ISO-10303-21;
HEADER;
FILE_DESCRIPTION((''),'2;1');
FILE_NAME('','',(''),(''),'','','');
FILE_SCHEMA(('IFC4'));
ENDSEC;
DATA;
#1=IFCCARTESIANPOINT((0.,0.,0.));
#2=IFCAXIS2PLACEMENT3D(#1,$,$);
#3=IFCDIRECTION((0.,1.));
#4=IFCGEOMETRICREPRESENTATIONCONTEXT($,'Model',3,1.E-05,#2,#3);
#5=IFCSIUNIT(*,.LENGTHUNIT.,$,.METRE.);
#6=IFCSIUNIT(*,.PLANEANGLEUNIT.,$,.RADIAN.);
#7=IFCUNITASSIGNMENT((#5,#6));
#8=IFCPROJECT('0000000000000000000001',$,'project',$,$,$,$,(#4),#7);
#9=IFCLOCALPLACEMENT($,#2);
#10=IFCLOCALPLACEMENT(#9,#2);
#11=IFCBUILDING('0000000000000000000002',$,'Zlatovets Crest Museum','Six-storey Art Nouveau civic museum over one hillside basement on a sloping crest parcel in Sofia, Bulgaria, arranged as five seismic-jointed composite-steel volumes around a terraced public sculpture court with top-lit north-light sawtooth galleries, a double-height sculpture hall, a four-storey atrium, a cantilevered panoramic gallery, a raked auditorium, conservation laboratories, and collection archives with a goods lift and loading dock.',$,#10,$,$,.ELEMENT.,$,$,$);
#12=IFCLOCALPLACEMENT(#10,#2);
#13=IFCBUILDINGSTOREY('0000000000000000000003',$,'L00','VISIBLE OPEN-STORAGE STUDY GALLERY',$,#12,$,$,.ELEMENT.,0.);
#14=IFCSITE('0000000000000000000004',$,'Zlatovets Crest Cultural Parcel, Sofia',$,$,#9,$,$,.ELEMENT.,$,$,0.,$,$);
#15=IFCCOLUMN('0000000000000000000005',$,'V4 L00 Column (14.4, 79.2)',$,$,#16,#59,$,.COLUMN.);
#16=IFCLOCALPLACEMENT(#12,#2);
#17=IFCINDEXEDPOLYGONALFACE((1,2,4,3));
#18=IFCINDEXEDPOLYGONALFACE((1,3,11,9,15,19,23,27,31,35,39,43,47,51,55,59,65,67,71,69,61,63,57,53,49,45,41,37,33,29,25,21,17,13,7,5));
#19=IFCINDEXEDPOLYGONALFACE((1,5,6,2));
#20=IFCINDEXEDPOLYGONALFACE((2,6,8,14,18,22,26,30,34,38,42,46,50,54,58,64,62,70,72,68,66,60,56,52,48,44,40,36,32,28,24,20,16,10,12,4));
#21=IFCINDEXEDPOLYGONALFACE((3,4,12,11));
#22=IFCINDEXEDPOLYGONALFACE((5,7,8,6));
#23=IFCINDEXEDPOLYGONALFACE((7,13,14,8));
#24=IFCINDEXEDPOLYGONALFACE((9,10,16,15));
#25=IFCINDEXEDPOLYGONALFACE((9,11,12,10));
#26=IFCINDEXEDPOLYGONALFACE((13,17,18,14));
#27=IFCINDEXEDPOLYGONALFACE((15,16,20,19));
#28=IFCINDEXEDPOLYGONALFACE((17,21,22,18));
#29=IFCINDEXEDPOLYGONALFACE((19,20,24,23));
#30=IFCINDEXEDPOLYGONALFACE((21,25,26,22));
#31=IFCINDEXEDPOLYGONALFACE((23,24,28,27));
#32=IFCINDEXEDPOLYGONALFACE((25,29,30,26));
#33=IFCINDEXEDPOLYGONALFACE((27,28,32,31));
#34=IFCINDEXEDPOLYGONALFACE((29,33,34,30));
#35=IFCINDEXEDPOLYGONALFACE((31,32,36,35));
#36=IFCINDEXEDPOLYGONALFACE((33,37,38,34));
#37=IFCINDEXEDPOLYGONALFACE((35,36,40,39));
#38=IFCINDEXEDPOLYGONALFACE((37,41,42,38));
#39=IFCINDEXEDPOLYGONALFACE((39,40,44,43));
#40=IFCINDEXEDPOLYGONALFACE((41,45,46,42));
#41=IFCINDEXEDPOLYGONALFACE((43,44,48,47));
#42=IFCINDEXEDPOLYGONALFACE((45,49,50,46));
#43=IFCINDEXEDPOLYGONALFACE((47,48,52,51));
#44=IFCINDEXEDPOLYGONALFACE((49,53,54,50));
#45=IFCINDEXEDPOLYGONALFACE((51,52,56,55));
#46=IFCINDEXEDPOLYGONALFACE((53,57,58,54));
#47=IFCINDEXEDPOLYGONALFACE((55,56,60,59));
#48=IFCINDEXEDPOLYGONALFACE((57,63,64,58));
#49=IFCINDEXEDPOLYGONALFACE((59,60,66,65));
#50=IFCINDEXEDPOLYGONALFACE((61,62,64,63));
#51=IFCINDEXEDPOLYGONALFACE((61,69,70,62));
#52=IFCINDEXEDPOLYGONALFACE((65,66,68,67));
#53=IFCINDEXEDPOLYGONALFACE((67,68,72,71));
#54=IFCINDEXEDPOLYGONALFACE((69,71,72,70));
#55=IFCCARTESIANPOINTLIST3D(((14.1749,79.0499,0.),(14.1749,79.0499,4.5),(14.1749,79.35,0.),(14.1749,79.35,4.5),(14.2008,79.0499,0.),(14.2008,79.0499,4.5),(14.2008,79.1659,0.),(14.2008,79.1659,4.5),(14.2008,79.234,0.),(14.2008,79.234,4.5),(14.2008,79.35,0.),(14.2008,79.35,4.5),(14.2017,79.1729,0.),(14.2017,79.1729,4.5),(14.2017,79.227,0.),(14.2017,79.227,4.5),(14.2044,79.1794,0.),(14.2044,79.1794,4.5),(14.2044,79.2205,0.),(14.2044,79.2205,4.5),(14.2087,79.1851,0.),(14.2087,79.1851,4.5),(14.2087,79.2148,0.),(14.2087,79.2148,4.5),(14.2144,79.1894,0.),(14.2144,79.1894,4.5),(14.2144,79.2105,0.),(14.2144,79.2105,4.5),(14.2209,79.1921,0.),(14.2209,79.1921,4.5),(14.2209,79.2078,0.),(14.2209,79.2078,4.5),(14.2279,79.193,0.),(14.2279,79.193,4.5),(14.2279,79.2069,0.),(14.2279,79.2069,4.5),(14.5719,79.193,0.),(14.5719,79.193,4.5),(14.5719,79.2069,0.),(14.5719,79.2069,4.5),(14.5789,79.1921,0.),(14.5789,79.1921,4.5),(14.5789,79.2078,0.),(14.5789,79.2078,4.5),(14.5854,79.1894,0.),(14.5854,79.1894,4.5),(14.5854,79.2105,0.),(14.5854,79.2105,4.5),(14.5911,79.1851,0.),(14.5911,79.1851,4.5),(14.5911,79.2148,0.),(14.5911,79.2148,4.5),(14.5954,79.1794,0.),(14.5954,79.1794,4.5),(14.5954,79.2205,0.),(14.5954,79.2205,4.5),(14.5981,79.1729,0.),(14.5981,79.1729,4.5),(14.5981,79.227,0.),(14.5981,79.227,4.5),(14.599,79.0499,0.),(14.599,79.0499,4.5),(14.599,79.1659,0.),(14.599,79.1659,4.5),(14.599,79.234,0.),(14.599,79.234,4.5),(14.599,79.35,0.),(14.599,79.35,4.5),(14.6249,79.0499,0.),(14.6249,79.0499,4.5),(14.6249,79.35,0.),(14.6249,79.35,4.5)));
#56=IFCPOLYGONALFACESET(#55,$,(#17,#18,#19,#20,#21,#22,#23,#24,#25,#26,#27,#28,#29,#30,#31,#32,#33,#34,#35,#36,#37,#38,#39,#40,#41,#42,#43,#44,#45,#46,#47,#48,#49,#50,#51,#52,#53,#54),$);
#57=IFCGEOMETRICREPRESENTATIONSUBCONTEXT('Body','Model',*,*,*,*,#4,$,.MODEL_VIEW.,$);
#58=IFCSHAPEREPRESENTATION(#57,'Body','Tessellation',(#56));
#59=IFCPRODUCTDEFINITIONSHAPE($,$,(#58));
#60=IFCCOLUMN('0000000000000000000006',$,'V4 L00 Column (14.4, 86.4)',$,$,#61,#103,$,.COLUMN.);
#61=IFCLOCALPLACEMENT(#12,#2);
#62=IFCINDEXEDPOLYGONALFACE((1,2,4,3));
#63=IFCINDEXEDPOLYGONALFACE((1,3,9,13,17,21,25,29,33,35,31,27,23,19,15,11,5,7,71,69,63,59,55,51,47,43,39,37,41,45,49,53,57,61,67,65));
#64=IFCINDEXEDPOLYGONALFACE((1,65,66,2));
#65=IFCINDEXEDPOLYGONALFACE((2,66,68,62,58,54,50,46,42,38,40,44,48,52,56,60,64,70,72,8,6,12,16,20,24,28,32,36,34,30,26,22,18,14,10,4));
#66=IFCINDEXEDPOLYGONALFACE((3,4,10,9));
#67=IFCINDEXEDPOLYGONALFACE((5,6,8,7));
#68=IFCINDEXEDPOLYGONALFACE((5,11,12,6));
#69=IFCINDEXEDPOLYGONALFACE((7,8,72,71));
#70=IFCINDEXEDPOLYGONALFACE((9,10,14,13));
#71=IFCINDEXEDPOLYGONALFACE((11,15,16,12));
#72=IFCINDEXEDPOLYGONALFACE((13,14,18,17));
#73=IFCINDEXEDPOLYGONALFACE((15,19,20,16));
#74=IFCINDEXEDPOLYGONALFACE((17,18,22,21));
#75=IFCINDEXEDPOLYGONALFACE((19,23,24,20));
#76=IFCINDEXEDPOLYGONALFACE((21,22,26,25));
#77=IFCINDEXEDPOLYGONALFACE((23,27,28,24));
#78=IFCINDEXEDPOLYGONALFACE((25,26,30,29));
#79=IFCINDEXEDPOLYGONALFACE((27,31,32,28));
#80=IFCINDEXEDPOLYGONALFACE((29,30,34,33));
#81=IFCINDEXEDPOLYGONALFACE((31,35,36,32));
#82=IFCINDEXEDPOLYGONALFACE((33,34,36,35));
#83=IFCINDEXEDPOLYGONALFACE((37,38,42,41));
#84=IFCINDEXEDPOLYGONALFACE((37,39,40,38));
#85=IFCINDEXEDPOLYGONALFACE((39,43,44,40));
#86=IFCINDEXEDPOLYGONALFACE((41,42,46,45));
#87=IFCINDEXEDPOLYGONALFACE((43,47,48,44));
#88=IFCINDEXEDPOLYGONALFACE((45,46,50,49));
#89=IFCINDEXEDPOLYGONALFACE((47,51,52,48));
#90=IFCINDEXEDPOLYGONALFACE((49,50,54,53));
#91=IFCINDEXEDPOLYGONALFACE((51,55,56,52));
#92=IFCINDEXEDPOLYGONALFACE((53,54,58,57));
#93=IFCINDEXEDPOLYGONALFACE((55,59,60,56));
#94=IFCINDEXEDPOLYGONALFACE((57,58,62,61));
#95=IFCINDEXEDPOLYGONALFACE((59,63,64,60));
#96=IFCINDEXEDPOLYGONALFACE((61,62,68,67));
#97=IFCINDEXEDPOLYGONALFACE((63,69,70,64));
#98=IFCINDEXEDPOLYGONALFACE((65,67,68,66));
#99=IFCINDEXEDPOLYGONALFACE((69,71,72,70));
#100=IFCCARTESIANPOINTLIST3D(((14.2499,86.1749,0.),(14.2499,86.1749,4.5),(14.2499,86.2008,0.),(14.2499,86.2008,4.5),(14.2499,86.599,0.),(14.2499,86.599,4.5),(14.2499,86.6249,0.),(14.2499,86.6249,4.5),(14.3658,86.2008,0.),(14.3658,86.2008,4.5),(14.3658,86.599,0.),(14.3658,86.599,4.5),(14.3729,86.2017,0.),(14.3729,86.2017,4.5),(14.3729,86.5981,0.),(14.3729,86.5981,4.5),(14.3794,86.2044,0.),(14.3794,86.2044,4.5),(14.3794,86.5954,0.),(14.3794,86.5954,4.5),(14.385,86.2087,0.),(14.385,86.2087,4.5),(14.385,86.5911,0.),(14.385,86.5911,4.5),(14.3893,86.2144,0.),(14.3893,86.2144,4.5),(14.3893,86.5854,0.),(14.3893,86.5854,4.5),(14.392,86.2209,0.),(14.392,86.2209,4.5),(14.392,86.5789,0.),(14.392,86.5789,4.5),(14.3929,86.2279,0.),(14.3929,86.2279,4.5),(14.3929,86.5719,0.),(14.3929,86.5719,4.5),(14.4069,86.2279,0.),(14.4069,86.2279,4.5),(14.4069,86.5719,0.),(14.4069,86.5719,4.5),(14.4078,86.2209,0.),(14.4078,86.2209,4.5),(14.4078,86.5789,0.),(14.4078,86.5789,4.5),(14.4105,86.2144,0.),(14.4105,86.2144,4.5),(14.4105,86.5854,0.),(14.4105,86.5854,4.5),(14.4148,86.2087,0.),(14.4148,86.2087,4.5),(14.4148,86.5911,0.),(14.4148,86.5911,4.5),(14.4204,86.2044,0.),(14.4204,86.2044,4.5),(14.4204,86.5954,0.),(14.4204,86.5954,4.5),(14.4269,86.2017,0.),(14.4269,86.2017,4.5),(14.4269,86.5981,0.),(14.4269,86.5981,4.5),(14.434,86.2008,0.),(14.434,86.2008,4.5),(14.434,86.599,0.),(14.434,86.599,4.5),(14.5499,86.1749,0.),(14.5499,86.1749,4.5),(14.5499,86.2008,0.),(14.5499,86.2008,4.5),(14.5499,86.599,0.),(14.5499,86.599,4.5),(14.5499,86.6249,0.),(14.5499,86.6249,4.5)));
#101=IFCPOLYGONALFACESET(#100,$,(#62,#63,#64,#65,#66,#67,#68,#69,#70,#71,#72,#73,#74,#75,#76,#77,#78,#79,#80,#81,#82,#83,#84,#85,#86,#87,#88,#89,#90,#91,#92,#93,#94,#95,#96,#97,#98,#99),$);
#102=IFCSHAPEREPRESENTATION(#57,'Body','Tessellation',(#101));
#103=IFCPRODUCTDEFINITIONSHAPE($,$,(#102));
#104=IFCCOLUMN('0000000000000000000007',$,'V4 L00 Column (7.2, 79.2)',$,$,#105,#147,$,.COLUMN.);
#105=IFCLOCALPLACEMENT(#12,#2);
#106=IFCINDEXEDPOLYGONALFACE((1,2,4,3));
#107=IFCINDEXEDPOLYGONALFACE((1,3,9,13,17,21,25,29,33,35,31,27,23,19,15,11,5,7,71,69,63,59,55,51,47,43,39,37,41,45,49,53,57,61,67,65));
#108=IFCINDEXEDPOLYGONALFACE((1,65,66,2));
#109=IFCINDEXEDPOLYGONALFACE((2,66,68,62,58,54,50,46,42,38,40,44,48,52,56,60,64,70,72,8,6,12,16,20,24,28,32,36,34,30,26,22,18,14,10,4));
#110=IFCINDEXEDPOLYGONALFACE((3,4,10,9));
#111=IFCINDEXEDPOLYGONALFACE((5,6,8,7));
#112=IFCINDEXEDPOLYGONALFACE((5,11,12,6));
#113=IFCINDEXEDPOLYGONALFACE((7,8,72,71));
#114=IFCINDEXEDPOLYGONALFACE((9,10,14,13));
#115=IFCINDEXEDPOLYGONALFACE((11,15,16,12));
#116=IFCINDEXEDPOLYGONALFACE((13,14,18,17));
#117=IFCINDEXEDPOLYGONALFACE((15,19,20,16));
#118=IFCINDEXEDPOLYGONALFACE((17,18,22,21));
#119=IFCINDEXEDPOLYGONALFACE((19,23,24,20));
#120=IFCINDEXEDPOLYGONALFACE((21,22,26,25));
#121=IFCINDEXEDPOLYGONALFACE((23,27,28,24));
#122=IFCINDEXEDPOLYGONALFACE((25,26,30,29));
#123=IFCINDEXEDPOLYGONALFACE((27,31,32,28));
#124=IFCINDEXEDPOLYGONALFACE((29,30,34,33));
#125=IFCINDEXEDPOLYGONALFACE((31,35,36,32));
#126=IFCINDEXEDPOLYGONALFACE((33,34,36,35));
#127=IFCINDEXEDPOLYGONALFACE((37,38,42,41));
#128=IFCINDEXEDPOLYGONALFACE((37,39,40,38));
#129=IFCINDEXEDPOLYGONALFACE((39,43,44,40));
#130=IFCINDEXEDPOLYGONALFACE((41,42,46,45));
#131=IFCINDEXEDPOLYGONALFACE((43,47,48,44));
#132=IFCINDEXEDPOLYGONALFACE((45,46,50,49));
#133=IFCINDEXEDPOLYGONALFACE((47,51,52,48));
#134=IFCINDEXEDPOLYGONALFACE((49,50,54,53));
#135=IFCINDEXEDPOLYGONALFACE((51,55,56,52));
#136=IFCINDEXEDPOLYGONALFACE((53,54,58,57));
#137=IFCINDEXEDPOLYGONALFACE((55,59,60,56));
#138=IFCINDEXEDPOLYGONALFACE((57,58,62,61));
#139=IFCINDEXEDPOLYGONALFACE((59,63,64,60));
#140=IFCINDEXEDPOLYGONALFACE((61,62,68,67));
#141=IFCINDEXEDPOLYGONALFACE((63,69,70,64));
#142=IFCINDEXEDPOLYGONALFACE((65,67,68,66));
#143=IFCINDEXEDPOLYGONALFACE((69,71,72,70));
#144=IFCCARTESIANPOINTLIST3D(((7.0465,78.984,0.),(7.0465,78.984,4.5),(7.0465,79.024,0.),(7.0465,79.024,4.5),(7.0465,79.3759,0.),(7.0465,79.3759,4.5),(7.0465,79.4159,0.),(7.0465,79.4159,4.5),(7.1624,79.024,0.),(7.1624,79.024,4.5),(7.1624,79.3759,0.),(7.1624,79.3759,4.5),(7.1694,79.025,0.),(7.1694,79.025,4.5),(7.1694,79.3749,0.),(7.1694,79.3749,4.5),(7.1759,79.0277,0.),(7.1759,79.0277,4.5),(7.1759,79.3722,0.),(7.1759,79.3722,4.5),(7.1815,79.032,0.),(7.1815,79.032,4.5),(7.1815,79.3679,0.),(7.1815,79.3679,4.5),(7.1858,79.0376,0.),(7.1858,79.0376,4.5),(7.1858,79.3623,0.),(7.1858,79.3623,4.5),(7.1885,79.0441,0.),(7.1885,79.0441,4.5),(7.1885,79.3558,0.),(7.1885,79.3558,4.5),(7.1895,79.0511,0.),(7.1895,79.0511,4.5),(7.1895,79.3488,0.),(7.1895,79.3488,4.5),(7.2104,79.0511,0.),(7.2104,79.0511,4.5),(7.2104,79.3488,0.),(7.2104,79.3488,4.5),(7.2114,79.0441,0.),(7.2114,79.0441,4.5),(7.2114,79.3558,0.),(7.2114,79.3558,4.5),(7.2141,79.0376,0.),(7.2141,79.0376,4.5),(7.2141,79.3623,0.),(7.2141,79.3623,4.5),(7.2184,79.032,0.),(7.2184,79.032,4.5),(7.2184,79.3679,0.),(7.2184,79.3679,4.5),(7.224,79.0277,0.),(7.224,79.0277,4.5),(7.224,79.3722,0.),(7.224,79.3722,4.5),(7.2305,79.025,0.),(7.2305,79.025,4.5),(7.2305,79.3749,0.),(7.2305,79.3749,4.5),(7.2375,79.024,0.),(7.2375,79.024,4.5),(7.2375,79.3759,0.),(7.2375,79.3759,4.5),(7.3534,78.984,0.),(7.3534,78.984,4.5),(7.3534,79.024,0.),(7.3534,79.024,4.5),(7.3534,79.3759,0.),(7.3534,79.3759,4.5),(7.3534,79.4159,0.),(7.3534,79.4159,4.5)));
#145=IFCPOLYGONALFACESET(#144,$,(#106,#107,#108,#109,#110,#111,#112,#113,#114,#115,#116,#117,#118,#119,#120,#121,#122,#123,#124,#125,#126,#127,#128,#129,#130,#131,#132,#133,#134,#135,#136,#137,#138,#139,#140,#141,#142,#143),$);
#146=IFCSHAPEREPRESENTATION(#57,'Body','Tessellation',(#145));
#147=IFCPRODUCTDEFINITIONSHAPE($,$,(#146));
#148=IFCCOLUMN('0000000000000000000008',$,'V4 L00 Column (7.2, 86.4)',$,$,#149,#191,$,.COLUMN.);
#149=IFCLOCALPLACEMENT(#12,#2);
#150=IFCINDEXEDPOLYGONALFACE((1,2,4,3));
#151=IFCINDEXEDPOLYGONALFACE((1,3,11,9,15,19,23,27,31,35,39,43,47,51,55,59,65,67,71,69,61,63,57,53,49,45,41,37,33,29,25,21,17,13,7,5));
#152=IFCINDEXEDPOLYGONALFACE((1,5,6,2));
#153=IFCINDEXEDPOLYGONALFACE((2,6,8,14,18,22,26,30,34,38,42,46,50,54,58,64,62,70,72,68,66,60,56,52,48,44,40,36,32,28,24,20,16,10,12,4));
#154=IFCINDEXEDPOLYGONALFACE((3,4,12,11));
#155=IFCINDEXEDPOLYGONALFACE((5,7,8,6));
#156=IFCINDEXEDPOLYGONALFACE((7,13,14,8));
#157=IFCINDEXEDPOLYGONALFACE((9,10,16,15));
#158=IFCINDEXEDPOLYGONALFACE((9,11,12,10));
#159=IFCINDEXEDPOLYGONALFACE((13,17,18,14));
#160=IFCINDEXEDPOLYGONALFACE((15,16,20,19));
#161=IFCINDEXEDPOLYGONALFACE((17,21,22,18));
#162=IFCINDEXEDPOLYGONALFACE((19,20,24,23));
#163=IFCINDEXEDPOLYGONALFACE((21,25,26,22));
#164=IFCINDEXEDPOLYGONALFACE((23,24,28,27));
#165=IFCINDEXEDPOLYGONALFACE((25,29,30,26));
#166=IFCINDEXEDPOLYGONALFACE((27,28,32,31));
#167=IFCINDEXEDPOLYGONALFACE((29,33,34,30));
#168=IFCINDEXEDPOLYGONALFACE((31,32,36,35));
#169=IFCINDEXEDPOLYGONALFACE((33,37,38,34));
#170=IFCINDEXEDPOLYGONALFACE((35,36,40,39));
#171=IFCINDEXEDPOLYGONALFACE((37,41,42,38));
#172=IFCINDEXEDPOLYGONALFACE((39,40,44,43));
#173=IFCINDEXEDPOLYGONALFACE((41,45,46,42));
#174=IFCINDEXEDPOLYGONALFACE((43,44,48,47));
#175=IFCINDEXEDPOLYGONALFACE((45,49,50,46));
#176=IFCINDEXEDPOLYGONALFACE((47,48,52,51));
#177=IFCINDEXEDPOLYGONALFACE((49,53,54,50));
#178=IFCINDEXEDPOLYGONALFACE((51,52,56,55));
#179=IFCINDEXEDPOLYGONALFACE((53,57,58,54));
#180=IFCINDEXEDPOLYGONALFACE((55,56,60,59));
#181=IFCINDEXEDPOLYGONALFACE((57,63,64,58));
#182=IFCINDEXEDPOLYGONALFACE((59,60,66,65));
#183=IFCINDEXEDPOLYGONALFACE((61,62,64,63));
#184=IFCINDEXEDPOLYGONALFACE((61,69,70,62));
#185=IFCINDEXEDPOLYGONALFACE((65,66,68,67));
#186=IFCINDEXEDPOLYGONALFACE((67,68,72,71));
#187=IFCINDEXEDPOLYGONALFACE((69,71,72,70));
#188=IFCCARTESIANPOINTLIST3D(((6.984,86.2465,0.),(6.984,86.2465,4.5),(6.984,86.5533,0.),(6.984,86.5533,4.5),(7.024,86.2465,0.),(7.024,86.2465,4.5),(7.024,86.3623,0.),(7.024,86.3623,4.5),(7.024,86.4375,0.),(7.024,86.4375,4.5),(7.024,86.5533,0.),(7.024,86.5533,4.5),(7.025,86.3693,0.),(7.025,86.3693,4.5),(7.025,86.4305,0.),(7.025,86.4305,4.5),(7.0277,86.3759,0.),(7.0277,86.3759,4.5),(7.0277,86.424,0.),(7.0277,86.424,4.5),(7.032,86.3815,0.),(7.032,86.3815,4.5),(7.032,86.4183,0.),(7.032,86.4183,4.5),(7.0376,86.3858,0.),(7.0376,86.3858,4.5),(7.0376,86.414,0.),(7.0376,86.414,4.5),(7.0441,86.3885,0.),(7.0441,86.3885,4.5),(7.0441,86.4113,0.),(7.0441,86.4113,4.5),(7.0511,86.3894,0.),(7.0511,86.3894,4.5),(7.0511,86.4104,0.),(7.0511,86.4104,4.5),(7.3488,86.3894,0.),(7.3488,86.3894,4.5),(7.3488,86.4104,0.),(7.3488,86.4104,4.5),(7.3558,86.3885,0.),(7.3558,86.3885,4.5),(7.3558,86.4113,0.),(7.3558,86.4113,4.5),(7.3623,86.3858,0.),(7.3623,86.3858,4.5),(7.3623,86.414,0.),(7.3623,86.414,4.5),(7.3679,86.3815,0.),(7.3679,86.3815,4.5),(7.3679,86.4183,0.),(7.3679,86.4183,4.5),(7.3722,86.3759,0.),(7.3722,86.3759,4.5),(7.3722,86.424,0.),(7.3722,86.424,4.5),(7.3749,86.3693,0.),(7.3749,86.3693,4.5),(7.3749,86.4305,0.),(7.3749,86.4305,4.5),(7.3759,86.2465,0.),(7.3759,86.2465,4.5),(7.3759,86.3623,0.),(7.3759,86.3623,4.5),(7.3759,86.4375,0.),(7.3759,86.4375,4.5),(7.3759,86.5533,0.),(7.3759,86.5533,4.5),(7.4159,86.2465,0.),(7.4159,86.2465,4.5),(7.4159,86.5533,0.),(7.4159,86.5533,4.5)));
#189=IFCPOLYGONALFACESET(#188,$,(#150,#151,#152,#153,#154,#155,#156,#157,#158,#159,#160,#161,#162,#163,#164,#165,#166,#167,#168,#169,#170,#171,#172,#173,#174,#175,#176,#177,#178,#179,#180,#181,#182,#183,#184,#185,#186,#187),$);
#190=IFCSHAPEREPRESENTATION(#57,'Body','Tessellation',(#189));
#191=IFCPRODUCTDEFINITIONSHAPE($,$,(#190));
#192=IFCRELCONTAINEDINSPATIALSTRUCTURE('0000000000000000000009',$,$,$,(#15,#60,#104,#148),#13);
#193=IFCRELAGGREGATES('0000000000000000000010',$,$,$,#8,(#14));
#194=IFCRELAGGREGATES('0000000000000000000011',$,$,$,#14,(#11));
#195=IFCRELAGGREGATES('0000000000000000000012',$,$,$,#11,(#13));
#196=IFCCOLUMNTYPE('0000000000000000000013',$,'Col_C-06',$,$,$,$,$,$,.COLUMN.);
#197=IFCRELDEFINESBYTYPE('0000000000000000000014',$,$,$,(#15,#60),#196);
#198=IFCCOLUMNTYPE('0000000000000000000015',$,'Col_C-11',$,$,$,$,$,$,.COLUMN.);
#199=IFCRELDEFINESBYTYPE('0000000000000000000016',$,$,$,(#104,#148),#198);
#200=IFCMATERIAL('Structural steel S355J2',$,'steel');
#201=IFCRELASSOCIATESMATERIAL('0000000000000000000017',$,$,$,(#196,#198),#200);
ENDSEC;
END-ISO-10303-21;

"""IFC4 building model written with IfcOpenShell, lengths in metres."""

from ifc_helpers import new_model, si_unit, direction, frame, origin, origin_2d, place, context, subcontext, project, spatial, i_section, extrude, material, material_profile, profile_set, type_object, element, save


model = new_model("IFC4")

# Units and contexts
model_context = context("Model", 3, precision=1e-05, world=origin(), true_north=direction((0.0, 1.0)))
body_context = subcontext(model_context, "Body", "Model", "MODEL_VIEW")
ifc_project = project(units=[si_unit("LENGTHUNIT", "METRE"), si_unit("PLANEANGLEUNIT", "RADIAN")], contexts=[model_context])

# Site, building, storey
site_placement = place(None, origin())
site = spatial("IfcSite", under=ifc_project, at=site_placement, Name="Zlatovets Crest Cultural Parcel, Sofia", CompositionType="ELEMENT", RefElevation=0.0)
building_placement = place(site_placement, origin())
building = spatial("IfcBuilding", under=site, at=building_placement, Name="Zlatovets Crest Museum", Description="Six-storey Art Nouveau civic museum over one hillside basement on a sloping crest parcel in Sofia, Bulgaria, arranged as five seismic-jointed composite-steel volumes around a terraced public sculpture court with top-lit north-light sawtooth galleries, a double-height sculpture hall, a four-storey atrium, a cantilevered panoramic gallery, a raked auditorium, conservation laboratories, and collection archives with a goods lift and loading dock.", CompositionType="ELEMENT")
storey_placement = place(building_placement, origin())
storey = spatial("IfcBuildingStorey", under=building, at=storey_placement, Name="L00", Description="VISIBLE OPEN-STORAGE STUDY GALLERY", CompositionType="ELEMENT", Elevation=0.0)

# Columns
ifc_material_1 = material(Name="Structural steel S355J2", Category="steel")
ifc_material_profile_1 = material_profile(ifc_material_1, i_section(OverallWidth=0.3, OverallDepth=0.45, WebThickness=0.0139, FlangeThickness=0.0259, FilletRadius=0.0271, at=origin_2d()), Name="HEB 450")
ifc_profile_set_1 = profile_set([ifc_material_profile_1], Name="Structural steel S355J2")
column_type_1 = type_object("IfcColumnType", Name="Col_C-06", PredefinedType="COLUMN", material=ifc_profile_set_1)
for number, where, z_axis, x_axis, name in (
    (1, (14.3999, 79.2, 0.0), (0.0, 0.0, 1.0), (0.0, 1.0, 0.0), "V4 L00 Column (14.4, 79.2)"),
    (2, (14.3999, 86.3999, 0.0), (0.0, 0.0, 1.0), (1.0, 0.0, 0.0), "V4 L00 Column (14.4, 86.4)"),
):
    element("IfcColumn", number, at=place(storey_placement, frame(where, z_axis=z_axis, x_axis=x_axis)), inside=storey, type_object=column_type_1, Name=name, PredefinedType="COLUMN", context=body_context, shape_type="SweptSolid", body=[
        extrude(i_section(OverallWidth=0.3, OverallDepth=0.45, WebThickness=0.0139, FlangeThickness=0.0259, FilletRadius=0.0271, at=origin_2d()), origin(), (0.0, 0.0, 1.0), 4.5),
    ])
ifc_material_profile_2 = material_profile(ifc_material_1, i_section(OverallWidth=0.3069, OverallDepth=0.4319, WebThickness=0.021, FlangeThickness=0.04, FilletRadius=0.0271, at=origin_2d()), Name="HEM 400")
ifc_profile_set_2 = profile_set([ifc_material_profile_2], Name="Structural steel S355J2")
column_type_2 = type_object("IfcColumnType", Name="Col_C-11", PredefinedType="COLUMN", material=ifc_profile_set_2)
for number, where, z_axis, x_axis, name in (
    (3, (7.2, 79.2, 0.0), (0.0, 0.0, 1.0), (1.0, 0.0, 0.0), "V4 L00 Column (7.2, 79.2)"),
    (4, (7.2, 86.3999, 0.0), (0.0, 0.0, 1.0), (0.0, 1.0, 0.0), "V4 L00 Column (7.2, 86.4)"),
):
    element("IfcColumn", number, at=place(storey_placement, frame(where, z_axis=z_axis, x_axis=x_axis)), inside=storey, type_object=column_type_2, Name=name, PredefinedType="COLUMN", context=body_context, shape_type="SweptSolid", body=[
        extrude(i_section(OverallWidth=0.3069, OverallDepth=0.4319, WebThickness=0.021, FlangeThickness=0.04, FilletRadius=0.0271, at=origin_2d()), origin(), (0.0, 0.0, 1.0), 4.5),
    ])

save(model, "model.ifc")
